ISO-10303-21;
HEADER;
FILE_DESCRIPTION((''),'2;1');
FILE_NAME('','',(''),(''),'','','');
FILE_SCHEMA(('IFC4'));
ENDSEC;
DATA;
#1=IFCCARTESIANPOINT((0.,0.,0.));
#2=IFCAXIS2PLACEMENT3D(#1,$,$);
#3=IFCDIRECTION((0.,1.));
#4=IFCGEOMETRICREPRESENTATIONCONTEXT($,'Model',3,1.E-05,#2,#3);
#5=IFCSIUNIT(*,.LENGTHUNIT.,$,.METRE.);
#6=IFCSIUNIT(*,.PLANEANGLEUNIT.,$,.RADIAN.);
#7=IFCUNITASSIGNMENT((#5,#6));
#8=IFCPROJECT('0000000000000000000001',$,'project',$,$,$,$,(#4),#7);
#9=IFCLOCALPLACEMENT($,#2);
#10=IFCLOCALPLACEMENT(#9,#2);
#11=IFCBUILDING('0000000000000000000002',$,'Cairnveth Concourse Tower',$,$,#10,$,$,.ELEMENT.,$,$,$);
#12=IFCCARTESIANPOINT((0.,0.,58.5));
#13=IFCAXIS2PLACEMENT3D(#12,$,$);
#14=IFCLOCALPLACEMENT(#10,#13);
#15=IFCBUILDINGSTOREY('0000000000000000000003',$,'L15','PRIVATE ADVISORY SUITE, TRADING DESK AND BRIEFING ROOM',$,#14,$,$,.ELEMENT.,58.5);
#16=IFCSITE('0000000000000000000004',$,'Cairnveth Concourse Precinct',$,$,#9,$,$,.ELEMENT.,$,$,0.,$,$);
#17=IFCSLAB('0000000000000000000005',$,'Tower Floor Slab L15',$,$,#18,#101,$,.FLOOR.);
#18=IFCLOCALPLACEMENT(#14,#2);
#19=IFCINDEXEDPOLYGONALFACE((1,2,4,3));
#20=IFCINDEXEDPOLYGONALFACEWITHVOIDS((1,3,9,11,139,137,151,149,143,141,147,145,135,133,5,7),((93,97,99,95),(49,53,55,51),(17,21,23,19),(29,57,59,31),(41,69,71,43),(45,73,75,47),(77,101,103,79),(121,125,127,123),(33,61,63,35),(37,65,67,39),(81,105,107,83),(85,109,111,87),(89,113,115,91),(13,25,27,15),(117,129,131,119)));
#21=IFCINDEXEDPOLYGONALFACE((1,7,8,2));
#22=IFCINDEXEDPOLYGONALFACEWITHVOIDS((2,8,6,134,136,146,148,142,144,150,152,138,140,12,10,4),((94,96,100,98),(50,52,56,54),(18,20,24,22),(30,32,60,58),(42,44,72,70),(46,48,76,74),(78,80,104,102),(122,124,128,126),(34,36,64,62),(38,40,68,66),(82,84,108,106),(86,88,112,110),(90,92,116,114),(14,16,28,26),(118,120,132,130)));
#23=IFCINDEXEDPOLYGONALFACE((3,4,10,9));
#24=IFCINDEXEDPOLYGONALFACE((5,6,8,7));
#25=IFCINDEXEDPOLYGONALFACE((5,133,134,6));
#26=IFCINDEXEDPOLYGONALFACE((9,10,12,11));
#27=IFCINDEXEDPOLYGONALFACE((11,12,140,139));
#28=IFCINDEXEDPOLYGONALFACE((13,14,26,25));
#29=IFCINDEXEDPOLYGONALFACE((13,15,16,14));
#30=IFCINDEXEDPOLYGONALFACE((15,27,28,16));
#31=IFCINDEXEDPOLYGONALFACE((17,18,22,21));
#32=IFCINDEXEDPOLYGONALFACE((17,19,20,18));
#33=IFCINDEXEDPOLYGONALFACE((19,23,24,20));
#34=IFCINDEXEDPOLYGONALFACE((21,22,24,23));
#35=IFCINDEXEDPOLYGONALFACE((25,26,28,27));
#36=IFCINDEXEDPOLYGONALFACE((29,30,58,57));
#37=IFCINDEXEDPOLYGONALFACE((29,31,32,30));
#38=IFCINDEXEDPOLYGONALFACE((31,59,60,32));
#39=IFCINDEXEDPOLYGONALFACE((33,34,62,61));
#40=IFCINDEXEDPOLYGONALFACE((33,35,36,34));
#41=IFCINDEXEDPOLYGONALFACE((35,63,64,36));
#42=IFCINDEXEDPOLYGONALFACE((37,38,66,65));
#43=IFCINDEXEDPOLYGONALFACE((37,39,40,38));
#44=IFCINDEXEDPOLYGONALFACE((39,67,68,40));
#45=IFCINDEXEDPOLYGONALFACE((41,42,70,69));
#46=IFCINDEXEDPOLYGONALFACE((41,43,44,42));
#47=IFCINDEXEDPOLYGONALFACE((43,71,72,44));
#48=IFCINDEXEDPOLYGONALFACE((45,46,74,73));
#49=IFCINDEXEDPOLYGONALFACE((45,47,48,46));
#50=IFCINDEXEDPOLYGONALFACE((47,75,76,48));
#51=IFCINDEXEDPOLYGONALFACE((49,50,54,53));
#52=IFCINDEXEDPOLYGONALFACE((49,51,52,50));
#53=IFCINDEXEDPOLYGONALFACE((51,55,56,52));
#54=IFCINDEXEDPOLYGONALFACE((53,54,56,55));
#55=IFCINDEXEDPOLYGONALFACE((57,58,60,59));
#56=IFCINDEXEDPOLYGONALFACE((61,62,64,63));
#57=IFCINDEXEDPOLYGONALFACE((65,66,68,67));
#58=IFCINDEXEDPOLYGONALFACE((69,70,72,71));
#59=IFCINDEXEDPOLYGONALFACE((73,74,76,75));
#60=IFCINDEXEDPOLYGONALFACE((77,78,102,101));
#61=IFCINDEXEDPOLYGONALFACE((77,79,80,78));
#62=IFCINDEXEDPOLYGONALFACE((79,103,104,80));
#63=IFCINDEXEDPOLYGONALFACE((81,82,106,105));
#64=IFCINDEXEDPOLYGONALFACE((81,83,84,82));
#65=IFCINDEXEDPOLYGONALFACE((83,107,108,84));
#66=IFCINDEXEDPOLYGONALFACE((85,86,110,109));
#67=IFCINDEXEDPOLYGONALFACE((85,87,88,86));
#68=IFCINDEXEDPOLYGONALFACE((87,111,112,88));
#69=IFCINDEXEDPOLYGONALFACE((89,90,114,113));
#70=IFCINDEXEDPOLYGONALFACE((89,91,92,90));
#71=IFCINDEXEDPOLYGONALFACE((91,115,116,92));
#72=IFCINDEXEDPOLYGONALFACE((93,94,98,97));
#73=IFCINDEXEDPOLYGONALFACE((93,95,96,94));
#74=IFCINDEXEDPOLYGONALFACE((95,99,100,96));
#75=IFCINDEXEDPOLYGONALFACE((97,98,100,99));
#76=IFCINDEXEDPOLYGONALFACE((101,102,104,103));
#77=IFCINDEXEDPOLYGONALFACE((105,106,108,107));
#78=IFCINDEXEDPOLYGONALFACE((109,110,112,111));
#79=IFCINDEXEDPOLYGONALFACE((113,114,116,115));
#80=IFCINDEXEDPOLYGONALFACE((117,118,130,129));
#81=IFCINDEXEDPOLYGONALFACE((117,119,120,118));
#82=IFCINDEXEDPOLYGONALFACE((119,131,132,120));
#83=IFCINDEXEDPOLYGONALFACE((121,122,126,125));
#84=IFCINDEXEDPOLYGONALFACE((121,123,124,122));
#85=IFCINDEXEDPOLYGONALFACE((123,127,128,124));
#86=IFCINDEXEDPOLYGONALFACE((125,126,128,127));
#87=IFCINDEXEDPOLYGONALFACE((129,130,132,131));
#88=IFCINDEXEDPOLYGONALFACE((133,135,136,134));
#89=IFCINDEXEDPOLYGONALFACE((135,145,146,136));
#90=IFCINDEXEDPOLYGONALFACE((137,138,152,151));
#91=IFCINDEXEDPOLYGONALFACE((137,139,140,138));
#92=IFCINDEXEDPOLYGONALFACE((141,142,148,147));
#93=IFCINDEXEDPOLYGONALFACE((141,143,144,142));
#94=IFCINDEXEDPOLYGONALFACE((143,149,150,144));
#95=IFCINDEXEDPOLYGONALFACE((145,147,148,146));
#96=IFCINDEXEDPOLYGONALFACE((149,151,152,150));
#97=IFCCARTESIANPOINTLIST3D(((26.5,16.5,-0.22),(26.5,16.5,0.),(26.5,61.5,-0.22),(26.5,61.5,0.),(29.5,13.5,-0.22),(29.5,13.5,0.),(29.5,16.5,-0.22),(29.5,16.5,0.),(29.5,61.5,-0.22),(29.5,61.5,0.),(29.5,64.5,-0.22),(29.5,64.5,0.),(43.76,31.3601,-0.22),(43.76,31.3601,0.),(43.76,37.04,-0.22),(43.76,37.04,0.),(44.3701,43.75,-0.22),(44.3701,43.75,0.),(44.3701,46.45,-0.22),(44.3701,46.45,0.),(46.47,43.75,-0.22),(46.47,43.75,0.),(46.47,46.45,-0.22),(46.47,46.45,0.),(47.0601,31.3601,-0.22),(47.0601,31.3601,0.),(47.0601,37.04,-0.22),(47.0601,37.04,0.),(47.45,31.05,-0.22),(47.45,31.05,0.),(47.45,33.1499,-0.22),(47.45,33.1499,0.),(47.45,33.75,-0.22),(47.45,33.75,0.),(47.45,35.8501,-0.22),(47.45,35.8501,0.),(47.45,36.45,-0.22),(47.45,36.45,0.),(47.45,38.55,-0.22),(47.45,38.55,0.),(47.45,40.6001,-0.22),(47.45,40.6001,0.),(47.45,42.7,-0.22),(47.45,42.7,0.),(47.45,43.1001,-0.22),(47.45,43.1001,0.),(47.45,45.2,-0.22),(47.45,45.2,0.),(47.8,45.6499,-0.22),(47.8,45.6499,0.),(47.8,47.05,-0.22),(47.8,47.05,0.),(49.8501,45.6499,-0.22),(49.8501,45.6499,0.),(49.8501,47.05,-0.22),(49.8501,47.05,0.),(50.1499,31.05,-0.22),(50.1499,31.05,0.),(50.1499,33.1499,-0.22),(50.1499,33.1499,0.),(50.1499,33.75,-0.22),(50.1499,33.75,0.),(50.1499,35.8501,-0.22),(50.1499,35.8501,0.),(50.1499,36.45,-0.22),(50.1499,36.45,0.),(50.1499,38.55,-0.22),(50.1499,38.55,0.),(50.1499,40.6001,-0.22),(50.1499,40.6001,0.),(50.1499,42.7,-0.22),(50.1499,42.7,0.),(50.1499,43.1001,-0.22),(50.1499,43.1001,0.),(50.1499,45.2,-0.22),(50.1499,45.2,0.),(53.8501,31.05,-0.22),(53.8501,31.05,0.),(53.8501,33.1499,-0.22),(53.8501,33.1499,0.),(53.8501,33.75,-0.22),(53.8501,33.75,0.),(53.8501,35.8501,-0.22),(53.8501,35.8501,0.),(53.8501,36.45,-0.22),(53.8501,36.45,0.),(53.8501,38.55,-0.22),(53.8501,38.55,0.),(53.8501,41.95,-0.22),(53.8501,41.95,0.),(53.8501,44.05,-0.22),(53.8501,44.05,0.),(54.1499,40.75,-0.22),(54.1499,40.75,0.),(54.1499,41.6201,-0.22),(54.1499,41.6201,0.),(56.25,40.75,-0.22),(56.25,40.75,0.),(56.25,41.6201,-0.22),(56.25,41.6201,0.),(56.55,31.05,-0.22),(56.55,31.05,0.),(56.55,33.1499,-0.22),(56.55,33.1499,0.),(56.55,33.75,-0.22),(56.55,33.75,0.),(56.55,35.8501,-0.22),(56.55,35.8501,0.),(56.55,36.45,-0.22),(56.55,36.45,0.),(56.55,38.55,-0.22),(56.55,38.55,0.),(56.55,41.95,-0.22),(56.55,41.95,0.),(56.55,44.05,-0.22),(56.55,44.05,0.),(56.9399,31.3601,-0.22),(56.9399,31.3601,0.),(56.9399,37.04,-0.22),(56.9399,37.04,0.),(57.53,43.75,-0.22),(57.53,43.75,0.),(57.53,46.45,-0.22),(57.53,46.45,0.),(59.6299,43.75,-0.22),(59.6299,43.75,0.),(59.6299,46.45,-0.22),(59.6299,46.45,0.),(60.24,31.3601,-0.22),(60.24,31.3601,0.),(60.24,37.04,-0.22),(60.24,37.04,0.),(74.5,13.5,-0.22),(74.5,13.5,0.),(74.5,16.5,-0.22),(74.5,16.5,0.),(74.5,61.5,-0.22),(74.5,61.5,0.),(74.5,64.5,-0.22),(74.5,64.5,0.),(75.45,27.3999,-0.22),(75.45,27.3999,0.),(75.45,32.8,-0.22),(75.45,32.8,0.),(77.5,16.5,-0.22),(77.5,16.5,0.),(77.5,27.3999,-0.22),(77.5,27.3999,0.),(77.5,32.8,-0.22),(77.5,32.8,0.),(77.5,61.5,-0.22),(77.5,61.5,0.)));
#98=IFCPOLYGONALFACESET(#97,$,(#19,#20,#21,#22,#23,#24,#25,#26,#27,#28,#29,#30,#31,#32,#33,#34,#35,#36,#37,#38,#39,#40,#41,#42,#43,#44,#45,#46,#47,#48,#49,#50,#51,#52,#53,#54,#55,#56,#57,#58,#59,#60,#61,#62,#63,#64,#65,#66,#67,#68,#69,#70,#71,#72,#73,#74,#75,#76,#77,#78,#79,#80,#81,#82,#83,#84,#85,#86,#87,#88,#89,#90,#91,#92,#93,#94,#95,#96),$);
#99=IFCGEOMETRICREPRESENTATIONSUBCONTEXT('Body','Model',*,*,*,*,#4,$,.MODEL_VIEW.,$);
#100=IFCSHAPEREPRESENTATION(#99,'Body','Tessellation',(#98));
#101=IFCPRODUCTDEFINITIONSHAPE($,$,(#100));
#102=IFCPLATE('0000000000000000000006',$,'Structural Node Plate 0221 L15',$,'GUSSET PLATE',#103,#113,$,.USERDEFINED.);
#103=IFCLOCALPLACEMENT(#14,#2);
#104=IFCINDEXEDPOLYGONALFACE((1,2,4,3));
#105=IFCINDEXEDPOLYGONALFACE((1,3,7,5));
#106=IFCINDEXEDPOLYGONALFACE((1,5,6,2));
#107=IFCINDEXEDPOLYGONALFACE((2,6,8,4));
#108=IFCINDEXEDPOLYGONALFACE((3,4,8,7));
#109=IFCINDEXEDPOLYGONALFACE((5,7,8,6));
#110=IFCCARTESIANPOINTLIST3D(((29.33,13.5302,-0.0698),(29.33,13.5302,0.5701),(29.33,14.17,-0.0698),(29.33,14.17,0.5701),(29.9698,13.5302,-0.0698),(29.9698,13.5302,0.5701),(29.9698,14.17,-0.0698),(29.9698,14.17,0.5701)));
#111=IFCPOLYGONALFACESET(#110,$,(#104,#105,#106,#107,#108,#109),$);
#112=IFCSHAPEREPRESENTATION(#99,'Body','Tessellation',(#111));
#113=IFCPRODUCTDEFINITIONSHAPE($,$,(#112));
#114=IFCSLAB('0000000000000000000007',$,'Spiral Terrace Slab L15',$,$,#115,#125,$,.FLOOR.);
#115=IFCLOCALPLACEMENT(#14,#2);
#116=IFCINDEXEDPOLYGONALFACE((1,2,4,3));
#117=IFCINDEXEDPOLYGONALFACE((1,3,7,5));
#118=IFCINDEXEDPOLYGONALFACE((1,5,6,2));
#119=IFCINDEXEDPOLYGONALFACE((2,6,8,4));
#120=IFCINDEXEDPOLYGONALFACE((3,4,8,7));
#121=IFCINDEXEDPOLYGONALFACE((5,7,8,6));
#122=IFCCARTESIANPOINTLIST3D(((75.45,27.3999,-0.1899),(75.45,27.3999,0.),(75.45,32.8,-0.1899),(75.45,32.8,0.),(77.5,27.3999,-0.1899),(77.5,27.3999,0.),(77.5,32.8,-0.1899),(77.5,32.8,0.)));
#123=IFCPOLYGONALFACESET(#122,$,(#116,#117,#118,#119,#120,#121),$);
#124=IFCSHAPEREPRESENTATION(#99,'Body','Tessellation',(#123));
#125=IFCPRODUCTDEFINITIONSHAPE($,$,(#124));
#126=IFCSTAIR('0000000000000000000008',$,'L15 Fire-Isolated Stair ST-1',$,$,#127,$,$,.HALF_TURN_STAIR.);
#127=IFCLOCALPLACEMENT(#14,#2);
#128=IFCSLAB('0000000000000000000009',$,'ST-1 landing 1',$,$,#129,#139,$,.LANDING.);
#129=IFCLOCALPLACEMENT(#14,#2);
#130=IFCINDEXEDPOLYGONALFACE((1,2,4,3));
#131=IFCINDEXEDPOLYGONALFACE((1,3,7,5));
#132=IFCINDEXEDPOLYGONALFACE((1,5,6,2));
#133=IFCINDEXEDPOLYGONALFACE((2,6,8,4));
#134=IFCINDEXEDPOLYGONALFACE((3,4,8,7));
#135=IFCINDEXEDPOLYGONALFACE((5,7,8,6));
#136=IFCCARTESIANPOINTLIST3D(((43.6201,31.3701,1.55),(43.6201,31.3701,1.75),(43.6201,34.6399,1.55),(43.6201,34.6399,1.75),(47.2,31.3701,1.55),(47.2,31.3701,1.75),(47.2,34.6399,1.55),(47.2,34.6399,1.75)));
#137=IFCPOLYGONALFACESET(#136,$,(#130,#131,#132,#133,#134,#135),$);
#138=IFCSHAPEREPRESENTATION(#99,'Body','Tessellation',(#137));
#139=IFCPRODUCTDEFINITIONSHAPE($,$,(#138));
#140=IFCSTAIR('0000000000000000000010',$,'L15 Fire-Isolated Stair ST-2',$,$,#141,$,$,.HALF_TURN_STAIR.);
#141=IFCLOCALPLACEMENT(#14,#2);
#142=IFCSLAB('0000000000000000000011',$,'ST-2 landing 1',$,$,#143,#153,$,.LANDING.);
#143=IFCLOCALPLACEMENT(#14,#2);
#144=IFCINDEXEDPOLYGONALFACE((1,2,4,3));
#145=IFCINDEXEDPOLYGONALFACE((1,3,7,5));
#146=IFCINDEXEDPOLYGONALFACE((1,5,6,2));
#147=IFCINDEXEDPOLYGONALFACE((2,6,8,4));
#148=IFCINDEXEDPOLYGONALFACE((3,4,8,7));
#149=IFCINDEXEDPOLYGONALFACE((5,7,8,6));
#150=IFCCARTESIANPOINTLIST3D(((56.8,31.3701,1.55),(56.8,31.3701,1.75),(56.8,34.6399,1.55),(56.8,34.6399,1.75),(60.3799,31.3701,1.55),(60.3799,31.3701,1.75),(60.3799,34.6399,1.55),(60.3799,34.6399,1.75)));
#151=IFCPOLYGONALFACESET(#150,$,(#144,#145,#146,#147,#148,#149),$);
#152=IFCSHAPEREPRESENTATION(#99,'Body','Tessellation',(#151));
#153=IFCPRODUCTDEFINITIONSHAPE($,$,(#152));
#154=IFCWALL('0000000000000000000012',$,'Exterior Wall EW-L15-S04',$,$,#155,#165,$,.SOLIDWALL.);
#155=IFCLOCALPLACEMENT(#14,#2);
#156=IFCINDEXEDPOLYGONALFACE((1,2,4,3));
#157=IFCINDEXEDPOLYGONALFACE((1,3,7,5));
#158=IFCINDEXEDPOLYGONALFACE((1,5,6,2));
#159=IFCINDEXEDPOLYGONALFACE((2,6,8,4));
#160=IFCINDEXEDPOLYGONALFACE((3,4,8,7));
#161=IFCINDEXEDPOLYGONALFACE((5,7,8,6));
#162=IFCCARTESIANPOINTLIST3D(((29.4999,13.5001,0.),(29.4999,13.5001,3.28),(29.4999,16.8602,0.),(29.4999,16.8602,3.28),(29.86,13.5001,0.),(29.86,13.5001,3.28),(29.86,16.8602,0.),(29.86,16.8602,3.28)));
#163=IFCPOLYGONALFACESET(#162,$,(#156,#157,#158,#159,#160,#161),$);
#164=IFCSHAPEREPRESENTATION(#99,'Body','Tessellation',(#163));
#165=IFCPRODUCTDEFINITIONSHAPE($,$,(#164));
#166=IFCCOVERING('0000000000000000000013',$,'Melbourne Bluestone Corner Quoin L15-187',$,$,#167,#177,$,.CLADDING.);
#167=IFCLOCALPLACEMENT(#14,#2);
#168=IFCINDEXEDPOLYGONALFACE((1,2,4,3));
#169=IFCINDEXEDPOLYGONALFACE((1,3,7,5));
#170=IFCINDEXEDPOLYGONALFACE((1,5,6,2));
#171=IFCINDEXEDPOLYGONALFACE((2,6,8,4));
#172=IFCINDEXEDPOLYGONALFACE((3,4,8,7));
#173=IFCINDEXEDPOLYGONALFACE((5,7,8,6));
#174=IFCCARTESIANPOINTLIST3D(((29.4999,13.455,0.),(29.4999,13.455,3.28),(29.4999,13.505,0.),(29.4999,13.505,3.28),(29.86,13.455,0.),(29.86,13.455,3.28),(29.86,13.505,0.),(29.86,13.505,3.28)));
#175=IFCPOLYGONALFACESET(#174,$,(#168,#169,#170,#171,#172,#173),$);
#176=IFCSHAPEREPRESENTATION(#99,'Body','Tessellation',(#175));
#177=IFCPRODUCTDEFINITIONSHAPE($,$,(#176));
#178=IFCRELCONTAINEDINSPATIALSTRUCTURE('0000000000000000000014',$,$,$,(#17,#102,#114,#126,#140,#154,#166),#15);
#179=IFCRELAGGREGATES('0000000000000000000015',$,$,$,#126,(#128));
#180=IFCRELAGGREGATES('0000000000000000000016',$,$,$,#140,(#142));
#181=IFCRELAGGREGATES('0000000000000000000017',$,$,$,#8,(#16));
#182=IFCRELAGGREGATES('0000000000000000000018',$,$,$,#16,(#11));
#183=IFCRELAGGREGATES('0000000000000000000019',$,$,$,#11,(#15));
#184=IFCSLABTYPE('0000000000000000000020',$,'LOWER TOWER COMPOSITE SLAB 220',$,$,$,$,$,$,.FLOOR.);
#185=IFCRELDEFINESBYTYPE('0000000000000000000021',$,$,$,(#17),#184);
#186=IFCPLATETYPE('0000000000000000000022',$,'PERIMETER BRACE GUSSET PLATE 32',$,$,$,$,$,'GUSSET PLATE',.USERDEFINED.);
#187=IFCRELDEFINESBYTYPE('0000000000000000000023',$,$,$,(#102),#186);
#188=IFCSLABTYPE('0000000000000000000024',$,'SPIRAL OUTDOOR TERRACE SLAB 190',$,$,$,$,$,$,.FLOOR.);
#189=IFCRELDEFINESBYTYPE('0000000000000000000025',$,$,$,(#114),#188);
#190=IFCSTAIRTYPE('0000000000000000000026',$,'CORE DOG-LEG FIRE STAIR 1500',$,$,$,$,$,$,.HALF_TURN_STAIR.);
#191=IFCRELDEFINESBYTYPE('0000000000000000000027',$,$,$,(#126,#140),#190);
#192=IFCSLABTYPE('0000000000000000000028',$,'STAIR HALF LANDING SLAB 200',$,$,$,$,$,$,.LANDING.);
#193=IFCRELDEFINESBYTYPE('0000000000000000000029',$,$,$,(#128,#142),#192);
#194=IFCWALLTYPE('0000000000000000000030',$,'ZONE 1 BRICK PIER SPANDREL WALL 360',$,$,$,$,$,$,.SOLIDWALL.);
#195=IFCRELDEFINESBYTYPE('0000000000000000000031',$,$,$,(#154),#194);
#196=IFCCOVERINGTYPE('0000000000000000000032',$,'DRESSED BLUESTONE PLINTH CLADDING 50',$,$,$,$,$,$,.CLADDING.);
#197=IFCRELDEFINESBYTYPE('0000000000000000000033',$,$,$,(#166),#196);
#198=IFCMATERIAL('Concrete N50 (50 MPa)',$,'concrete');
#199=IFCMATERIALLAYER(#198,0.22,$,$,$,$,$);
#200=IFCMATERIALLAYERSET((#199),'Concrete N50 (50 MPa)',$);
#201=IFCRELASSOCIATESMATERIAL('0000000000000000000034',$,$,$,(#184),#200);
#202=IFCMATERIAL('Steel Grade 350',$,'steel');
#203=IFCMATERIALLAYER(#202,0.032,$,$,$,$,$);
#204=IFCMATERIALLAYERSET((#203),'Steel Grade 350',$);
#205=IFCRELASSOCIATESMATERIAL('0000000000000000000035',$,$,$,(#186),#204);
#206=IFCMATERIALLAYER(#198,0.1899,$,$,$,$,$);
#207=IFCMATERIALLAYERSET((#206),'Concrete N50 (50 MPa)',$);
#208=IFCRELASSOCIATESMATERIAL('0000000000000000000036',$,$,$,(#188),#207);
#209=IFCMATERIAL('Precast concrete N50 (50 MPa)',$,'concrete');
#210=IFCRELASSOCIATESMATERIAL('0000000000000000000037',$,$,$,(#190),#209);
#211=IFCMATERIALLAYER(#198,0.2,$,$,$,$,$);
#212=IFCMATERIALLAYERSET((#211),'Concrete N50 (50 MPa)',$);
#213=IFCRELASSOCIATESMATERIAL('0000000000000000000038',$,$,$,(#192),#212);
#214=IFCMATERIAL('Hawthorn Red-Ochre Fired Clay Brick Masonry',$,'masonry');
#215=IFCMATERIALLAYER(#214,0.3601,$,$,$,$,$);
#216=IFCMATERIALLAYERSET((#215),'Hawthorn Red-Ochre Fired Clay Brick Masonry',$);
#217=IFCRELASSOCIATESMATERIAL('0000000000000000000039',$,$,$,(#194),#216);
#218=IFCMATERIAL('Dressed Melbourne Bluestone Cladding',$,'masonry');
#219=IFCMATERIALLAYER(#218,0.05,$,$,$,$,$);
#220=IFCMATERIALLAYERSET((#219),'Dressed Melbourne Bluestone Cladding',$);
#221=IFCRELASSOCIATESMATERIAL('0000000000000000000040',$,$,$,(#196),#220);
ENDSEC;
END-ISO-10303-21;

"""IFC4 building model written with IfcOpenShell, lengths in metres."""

from ifc_helpers import new_model, si_unit, direction, frame, frame_2d, origin, origin_2d, place, context, subcontext, project, spatial, polyline, rectangle, outline, extrude, material, layer, layer_set, type_object, element, aggregate, save


model = new_model("IFC4")

# Units and contexts
model_context = context("Model", 3, precision=1e-05, world=origin(), true_north=direction((0.0, 1.0)))
body_context = subcontext(model_context, "Body", "Model", "MODEL_VIEW")
ifc_project = project(units=[si_unit("LENGTHUNIT", "METRE"), si_unit("PLANEANGLEUNIT", "RADIAN")], contexts=[model_context])

# Site, building, storey
site_placement = place(None, origin())
site = spatial("IfcSite", under=ifc_project, at=site_placement, Name="Cairnveth Concourse Precinct", CompositionType="ELEMENT", RefElevation=0.0)
building_placement = place(site_placement, origin())
building = spatial("IfcBuilding", under=site, at=building_placement, Name="Cairnveth Concourse Tower", CompositionType="ELEMENT")
storey_placement = place(building_placement, frame((0.0, 0.0, 58.5)))
storey = spatial("IfcBuildingStorey", under=building, at=storey_placement, Name="L15", Description="PRIVATE ADVISORY SUITE, TRADING DESK AND BRIEFING ROOM", CompositionType="ELEMENT", Elevation=58.5)

# Shared definitions
ifc_material_1 = material(Name="Steel Grade 350", Category="steel")

# Slab
ifc_material_2 = material(Name="Concrete N50 (50 MPa)", Category="concrete")
ifc_layer_1 = layer(ifc_material_2, 0.22)
ifc_layer_set_1 = layer_set([ifc_layer_1], Name="Concrete N50 (50 MPa)")
slab_type_1 = type_object("IfcSlabType", Name="LOWER TOWER COMPOSITE SLAB 220", PredefinedType="FLOOR", material=ifc_layer_set_1)
slab_1_placement = place(storey_placement, frame((0.0, 0.0, -0.22)))
element("IfcSlab", 1, at=slab_1_placement, inside=storey, type_object=slab_type_1, Name="Tower Floor Slab L15", PredefinedType="FLOOR", context=body_context, shape_type="SweptSolid", body=[
    extrude(outline(polyline([(77.5, 27.3999), (75.45, 27.3999), (75.45, 32.8), (77.5, 32.8), (77.5, 61.5), (74.5, 61.5), (74.5, 64.5), (29.5, 64.5), (29.5, 61.5), (26.5, 61.5), (26.5, 16.5), (29.5, 16.5), (29.5, 13.5), (74.5, 13.5), (74.5, 16.5), (77.5, 16.5), (77.5, 27.3999)]), holes=[polyline([(43.76, 31.3601), (47.0601, 31.3601), (47.0601, 37.04), (43.76, 37.04), (43.76, 31.3601)]), polyline([(56.9399, 31.3601), (60.24, 31.3601), (60.24, 37.04), (56.9399, 37.04), (56.9399, 31.3601)]), polyline([(44.3701, 43.75), (46.47, 43.75), (46.47, 46.45), (44.3701, 46.45), (44.3701, 43.75)]), polyline([(57.53, 43.75), (59.6299, 43.75), (59.6299, 46.45), (57.53, 46.45), (57.53, 43.75)]), polyline([(47.45, 31.05), (50.1499, 31.05), (50.1499, 33.1499), (47.45, 33.1499), (47.45, 31.05)]), polyline([(47.45, 33.75), (50.1499, 33.75), (50.1499, 35.8501), (47.45, 35.8501), (47.45, 33.75)]), polyline([(47.45, 36.45), (50.1499, 36.45), (50.1499, 38.55), (47.45, 38.55), (47.45, 36.45)]), polyline([(53.8501, 31.05), (56.55, 31.05), (56.55, 33.1499), (53.8501, 33.1499), (53.8501, 31.05)]), polyline([(53.8501, 33.75), (56.55, 33.75), (56.55, 35.8501), (53.8501, 35.8501), (53.8501, 33.75)]), polyline([(53.8501, 36.45), (56.55, 36.45), (56.55, 38.55), (53.8501, 38.55), (53.8501, 36.45)]), polyline([(47.45, 40.6001), (50.1499, 40.6001), (50.1499, 42.7), (47.45, 42.7), (47.45, 40.6001)]), polyline([(47.45, 43.1001), (50.1499, 43.1001), (50.1499, 45.2), (47.45, 45.2), (47.45, 43.1001)]), polyline([(53.8501, 41.95), (56.55, 41.95), (56.55, 44.05), (53.8501, 44.05), (53.8501, 41.95)]), polyline([(47.8, 45.6499), (49.8501, 45.6499), (49.8501, 47.05), (47.8, 47.05), (47.8, 45.6499)]), polyline([(54.1499, 40.75), (56.25, 40.75), (56.25, 41.6201), (54.1499, 41.6201), (54.1499, 40.75)])]), origin(), (0.0, 0.0, 1.0), 0.22),
])

# Plate
ifc_layer_2 = layer(ifc_material_1, 0.032)
ifc_layer_set_2 = layer_set([ifc_layer_2], Name="Steel Grade 350")
plate_type = type_object("IfcPlateType", Name="PERIMETER BRACE GUSSET PLATE 32", ElementType="GUSSET PLATE", PredefinedType="USERDEFINED", material=ifc_layer_set_2)
plate_placement = place(storey_placement, frame((29.6499, 13.8501, -0.0698), z_axis=(0.0, 0.0, 1.0), x_axis=(1.0, 0.0, 0.0)))
element("IfcPlate", 2, at=plate_placement, inside=storey, type_object=plate_type, Name="Structural Node Plate 0221 L15", ObjectType="GUSSET PLATE", PredefinedType="USERDEFINED", context=body_context, shape_type="SweptSolid", body=[
    extrude(rectangle(XDim=0.6399, YDim=0.6399, at=origin_2d()), origin(), (0.0, 0.0, 1.0), 0.6399),
])

# Slab
ifc_layer_3 = layer(ifc_material_2, 0.1899)
ifc_layer_set_3 = layer_set([ifc_layer_3], Name="Concrete N50 (50 MPa)")
slab_type_2 = type_object("IfcSlabType", Name="SPIRAL OUTDOOR TERRACE SLAB 190", PredefinedType="FLOOR", material=ifc_layer_set_3)
slab_2_placement = place(storey_placement, frame((0.0, 0.0, -0.1899)))
element("IfcSlab", 3, at=slab_2_placement, inside=storey, type_object=slab_type_2, Name="Spiral Terrace Slab L15", PredefinedType="FLOOR", context=body_context, shape_type="SweptSolid", body=[
    extrude(outline(polyline([(75.45, 27.3999), (77.5, 27.3999), (77.5, 32.8), (75.45, 32.8), (75.45, 27.3999)])), origin(), (0.0, 0.0, 1.0), 0.1899),
])

# Stairs, slabs
ifc_material_3 = material(Name="Precast concrete N50 (50 MPa)", Category="concrete")
stair_type = type_object("IfcStairType", Name="CORE DOG-LEG FIRE STAIR 1500", PredefinedType="HALF_TURN_STAIR", material=ifc_material_3)
stair_1_placement = place(storey_placement, origin())
stair_1 = element("IfcStair", 4, at=stair_1_placement, inside=storey, type_object=stair_type, Name="L15 Fire-Isolated Stair ST-1", PredefinedType="HALF_TURN_STAIR")
ifc_layer_4 = layer(ifc_material_2, 0.2)
ifc_layer_set_4 = layer_set([ifc_layer_4], Name="Concrete N50 (50 MPa)")
slab_type_3 = type_object("IfcSlabType", Name="STAIR HALF LANDING SLAB 200", PredefinedType="LANDING", material=ifc_layer_set_4)
slab_3_placement = place(storey_placement, frame((0.0, 0.0, 1.55)))
slab_3 = element("IfcSlab", 5, at=slab_3_placement, type_object=slab_type_3, Name="ST-1 landing 1", PredefinedType="LANDING", context=body_context, shape_type="SweptSolid", body=[
    extrude(outline(polyline([(43.6201, 34.6399), (43.6201, 31.3701), (47.2, 31.3701), (47.2, 34.6399), (43.6201, 34.6399)])), origin(), (0.0, 0.0, 1.0), 0.2),
])
aggregate(stair_1, [slab_3])
stair_2_placement = place(storey_placement, origin())
stair_2 = element("IfcStair", 6, at=stair_2_placement, inside=storey, type_object=stair_type, Name="L15 Fire-Isolated Stair ST-2", PredefinedType="HALF_TURN_STAIR")
slab_4_placement = place(storey_placement, frame((0.0, 0.0, 1.55)))
slab_4 = element("IfcSlab", 7, at=slab_4_placement, type_object=slab_type_3, Name="ST-2 landing 1", PredefinedType="LANDING", context=body_context, shape_type="SweptSolid", body=[
    extrude(outline(polyline([(56.8, 34.6399), (56.8, 31.3701), (60.3799, 31.3701), (60.3799, 34.6399), (56.8, 34.6399)])), origin(), (0.0, 0.0, 1.0), 0.2),
])
aggregate(stair_2, [slab_4])

# Wall
ifc_material_4 = material(Name="Hawthorn Red-Ochre Fired Clay Brick Masonry", Category="masonry")
ifc_layer_5 = layer(ifc_material_4, 0.3601)
ifc_layer_set_5 = layer_set([ifc_layer_5], Name="Hawthorn Red-Ochre Fired Clay Brick Masonry")
wall_type = type_object("IfcWallType", Name="ZONE 1 BRICK PIER SPANDREL WALL 360", PredefinedType="SOLIDWALL", material=ifc_layer_set_5)
wall_1_placement = place(storey_placement, frame((29.6799, 13.5, 0.0), z_axis=(0.0, 0.0, 1.0), x_axis=(0.0, 1.0, 0.0)))
element("IfcWall", 8, at=wall_1_placement, inside=storey, type_object=wall_type, Name="Exterior Wall EW-L15-S04", PredefinedType="SOLIDWALL", context=body_context, shape_type="SweptSolid", body=[
    extrude(rectangle(XDim=3.3601, YDim=0.3601, at=frame_2d((1.6802, 0.0))), origin(), (0.0, 0.0, 1.0), 3.28),
])

# Covering
ifc_material_5 = material(Name="Dressed Melbourne Bluestone Cladding", Category="masonry")
ifc_layer_6 = layer(ifc_material_5, 0.05)
ifc_layer_set_6 = layer_set([ifc_layer_6], Name="Dressed Melbourne Bluestone Cladding")
covering_type = type_object("IfcCoveringType", Name="DRESSED BLUESTONE PLINTH CLADDING 50", PredefinedType="CLADDING", material=ifc_layer_set_6)
for number, where, z_axis, x_axis, name in (
    (9, (29.8601, 13.48, 0.0), (0.0, 0.0, 1.0), (-1.0, 0.0, 0.0), "Melbourne Bluestone Corner Quoin L15-187"),
):
    element("IfcCovering", number, at=place(storey_placement, frame(where, z_axis=z_axis, x_axis=x_axis)), inside=storey, type_object=covering_type, Name=name, PredefinedType="CLADDING", context=body_context, shape_type="SweptSolid", body=[
        extrude(rectangle(XDim=0.3601, YDim=0.05, at=frame_2d((0.1802, 0.0))), origin(), (0.0, 0.0, 1.0), 3.28),
    ])

save(model, "model.ifc")
